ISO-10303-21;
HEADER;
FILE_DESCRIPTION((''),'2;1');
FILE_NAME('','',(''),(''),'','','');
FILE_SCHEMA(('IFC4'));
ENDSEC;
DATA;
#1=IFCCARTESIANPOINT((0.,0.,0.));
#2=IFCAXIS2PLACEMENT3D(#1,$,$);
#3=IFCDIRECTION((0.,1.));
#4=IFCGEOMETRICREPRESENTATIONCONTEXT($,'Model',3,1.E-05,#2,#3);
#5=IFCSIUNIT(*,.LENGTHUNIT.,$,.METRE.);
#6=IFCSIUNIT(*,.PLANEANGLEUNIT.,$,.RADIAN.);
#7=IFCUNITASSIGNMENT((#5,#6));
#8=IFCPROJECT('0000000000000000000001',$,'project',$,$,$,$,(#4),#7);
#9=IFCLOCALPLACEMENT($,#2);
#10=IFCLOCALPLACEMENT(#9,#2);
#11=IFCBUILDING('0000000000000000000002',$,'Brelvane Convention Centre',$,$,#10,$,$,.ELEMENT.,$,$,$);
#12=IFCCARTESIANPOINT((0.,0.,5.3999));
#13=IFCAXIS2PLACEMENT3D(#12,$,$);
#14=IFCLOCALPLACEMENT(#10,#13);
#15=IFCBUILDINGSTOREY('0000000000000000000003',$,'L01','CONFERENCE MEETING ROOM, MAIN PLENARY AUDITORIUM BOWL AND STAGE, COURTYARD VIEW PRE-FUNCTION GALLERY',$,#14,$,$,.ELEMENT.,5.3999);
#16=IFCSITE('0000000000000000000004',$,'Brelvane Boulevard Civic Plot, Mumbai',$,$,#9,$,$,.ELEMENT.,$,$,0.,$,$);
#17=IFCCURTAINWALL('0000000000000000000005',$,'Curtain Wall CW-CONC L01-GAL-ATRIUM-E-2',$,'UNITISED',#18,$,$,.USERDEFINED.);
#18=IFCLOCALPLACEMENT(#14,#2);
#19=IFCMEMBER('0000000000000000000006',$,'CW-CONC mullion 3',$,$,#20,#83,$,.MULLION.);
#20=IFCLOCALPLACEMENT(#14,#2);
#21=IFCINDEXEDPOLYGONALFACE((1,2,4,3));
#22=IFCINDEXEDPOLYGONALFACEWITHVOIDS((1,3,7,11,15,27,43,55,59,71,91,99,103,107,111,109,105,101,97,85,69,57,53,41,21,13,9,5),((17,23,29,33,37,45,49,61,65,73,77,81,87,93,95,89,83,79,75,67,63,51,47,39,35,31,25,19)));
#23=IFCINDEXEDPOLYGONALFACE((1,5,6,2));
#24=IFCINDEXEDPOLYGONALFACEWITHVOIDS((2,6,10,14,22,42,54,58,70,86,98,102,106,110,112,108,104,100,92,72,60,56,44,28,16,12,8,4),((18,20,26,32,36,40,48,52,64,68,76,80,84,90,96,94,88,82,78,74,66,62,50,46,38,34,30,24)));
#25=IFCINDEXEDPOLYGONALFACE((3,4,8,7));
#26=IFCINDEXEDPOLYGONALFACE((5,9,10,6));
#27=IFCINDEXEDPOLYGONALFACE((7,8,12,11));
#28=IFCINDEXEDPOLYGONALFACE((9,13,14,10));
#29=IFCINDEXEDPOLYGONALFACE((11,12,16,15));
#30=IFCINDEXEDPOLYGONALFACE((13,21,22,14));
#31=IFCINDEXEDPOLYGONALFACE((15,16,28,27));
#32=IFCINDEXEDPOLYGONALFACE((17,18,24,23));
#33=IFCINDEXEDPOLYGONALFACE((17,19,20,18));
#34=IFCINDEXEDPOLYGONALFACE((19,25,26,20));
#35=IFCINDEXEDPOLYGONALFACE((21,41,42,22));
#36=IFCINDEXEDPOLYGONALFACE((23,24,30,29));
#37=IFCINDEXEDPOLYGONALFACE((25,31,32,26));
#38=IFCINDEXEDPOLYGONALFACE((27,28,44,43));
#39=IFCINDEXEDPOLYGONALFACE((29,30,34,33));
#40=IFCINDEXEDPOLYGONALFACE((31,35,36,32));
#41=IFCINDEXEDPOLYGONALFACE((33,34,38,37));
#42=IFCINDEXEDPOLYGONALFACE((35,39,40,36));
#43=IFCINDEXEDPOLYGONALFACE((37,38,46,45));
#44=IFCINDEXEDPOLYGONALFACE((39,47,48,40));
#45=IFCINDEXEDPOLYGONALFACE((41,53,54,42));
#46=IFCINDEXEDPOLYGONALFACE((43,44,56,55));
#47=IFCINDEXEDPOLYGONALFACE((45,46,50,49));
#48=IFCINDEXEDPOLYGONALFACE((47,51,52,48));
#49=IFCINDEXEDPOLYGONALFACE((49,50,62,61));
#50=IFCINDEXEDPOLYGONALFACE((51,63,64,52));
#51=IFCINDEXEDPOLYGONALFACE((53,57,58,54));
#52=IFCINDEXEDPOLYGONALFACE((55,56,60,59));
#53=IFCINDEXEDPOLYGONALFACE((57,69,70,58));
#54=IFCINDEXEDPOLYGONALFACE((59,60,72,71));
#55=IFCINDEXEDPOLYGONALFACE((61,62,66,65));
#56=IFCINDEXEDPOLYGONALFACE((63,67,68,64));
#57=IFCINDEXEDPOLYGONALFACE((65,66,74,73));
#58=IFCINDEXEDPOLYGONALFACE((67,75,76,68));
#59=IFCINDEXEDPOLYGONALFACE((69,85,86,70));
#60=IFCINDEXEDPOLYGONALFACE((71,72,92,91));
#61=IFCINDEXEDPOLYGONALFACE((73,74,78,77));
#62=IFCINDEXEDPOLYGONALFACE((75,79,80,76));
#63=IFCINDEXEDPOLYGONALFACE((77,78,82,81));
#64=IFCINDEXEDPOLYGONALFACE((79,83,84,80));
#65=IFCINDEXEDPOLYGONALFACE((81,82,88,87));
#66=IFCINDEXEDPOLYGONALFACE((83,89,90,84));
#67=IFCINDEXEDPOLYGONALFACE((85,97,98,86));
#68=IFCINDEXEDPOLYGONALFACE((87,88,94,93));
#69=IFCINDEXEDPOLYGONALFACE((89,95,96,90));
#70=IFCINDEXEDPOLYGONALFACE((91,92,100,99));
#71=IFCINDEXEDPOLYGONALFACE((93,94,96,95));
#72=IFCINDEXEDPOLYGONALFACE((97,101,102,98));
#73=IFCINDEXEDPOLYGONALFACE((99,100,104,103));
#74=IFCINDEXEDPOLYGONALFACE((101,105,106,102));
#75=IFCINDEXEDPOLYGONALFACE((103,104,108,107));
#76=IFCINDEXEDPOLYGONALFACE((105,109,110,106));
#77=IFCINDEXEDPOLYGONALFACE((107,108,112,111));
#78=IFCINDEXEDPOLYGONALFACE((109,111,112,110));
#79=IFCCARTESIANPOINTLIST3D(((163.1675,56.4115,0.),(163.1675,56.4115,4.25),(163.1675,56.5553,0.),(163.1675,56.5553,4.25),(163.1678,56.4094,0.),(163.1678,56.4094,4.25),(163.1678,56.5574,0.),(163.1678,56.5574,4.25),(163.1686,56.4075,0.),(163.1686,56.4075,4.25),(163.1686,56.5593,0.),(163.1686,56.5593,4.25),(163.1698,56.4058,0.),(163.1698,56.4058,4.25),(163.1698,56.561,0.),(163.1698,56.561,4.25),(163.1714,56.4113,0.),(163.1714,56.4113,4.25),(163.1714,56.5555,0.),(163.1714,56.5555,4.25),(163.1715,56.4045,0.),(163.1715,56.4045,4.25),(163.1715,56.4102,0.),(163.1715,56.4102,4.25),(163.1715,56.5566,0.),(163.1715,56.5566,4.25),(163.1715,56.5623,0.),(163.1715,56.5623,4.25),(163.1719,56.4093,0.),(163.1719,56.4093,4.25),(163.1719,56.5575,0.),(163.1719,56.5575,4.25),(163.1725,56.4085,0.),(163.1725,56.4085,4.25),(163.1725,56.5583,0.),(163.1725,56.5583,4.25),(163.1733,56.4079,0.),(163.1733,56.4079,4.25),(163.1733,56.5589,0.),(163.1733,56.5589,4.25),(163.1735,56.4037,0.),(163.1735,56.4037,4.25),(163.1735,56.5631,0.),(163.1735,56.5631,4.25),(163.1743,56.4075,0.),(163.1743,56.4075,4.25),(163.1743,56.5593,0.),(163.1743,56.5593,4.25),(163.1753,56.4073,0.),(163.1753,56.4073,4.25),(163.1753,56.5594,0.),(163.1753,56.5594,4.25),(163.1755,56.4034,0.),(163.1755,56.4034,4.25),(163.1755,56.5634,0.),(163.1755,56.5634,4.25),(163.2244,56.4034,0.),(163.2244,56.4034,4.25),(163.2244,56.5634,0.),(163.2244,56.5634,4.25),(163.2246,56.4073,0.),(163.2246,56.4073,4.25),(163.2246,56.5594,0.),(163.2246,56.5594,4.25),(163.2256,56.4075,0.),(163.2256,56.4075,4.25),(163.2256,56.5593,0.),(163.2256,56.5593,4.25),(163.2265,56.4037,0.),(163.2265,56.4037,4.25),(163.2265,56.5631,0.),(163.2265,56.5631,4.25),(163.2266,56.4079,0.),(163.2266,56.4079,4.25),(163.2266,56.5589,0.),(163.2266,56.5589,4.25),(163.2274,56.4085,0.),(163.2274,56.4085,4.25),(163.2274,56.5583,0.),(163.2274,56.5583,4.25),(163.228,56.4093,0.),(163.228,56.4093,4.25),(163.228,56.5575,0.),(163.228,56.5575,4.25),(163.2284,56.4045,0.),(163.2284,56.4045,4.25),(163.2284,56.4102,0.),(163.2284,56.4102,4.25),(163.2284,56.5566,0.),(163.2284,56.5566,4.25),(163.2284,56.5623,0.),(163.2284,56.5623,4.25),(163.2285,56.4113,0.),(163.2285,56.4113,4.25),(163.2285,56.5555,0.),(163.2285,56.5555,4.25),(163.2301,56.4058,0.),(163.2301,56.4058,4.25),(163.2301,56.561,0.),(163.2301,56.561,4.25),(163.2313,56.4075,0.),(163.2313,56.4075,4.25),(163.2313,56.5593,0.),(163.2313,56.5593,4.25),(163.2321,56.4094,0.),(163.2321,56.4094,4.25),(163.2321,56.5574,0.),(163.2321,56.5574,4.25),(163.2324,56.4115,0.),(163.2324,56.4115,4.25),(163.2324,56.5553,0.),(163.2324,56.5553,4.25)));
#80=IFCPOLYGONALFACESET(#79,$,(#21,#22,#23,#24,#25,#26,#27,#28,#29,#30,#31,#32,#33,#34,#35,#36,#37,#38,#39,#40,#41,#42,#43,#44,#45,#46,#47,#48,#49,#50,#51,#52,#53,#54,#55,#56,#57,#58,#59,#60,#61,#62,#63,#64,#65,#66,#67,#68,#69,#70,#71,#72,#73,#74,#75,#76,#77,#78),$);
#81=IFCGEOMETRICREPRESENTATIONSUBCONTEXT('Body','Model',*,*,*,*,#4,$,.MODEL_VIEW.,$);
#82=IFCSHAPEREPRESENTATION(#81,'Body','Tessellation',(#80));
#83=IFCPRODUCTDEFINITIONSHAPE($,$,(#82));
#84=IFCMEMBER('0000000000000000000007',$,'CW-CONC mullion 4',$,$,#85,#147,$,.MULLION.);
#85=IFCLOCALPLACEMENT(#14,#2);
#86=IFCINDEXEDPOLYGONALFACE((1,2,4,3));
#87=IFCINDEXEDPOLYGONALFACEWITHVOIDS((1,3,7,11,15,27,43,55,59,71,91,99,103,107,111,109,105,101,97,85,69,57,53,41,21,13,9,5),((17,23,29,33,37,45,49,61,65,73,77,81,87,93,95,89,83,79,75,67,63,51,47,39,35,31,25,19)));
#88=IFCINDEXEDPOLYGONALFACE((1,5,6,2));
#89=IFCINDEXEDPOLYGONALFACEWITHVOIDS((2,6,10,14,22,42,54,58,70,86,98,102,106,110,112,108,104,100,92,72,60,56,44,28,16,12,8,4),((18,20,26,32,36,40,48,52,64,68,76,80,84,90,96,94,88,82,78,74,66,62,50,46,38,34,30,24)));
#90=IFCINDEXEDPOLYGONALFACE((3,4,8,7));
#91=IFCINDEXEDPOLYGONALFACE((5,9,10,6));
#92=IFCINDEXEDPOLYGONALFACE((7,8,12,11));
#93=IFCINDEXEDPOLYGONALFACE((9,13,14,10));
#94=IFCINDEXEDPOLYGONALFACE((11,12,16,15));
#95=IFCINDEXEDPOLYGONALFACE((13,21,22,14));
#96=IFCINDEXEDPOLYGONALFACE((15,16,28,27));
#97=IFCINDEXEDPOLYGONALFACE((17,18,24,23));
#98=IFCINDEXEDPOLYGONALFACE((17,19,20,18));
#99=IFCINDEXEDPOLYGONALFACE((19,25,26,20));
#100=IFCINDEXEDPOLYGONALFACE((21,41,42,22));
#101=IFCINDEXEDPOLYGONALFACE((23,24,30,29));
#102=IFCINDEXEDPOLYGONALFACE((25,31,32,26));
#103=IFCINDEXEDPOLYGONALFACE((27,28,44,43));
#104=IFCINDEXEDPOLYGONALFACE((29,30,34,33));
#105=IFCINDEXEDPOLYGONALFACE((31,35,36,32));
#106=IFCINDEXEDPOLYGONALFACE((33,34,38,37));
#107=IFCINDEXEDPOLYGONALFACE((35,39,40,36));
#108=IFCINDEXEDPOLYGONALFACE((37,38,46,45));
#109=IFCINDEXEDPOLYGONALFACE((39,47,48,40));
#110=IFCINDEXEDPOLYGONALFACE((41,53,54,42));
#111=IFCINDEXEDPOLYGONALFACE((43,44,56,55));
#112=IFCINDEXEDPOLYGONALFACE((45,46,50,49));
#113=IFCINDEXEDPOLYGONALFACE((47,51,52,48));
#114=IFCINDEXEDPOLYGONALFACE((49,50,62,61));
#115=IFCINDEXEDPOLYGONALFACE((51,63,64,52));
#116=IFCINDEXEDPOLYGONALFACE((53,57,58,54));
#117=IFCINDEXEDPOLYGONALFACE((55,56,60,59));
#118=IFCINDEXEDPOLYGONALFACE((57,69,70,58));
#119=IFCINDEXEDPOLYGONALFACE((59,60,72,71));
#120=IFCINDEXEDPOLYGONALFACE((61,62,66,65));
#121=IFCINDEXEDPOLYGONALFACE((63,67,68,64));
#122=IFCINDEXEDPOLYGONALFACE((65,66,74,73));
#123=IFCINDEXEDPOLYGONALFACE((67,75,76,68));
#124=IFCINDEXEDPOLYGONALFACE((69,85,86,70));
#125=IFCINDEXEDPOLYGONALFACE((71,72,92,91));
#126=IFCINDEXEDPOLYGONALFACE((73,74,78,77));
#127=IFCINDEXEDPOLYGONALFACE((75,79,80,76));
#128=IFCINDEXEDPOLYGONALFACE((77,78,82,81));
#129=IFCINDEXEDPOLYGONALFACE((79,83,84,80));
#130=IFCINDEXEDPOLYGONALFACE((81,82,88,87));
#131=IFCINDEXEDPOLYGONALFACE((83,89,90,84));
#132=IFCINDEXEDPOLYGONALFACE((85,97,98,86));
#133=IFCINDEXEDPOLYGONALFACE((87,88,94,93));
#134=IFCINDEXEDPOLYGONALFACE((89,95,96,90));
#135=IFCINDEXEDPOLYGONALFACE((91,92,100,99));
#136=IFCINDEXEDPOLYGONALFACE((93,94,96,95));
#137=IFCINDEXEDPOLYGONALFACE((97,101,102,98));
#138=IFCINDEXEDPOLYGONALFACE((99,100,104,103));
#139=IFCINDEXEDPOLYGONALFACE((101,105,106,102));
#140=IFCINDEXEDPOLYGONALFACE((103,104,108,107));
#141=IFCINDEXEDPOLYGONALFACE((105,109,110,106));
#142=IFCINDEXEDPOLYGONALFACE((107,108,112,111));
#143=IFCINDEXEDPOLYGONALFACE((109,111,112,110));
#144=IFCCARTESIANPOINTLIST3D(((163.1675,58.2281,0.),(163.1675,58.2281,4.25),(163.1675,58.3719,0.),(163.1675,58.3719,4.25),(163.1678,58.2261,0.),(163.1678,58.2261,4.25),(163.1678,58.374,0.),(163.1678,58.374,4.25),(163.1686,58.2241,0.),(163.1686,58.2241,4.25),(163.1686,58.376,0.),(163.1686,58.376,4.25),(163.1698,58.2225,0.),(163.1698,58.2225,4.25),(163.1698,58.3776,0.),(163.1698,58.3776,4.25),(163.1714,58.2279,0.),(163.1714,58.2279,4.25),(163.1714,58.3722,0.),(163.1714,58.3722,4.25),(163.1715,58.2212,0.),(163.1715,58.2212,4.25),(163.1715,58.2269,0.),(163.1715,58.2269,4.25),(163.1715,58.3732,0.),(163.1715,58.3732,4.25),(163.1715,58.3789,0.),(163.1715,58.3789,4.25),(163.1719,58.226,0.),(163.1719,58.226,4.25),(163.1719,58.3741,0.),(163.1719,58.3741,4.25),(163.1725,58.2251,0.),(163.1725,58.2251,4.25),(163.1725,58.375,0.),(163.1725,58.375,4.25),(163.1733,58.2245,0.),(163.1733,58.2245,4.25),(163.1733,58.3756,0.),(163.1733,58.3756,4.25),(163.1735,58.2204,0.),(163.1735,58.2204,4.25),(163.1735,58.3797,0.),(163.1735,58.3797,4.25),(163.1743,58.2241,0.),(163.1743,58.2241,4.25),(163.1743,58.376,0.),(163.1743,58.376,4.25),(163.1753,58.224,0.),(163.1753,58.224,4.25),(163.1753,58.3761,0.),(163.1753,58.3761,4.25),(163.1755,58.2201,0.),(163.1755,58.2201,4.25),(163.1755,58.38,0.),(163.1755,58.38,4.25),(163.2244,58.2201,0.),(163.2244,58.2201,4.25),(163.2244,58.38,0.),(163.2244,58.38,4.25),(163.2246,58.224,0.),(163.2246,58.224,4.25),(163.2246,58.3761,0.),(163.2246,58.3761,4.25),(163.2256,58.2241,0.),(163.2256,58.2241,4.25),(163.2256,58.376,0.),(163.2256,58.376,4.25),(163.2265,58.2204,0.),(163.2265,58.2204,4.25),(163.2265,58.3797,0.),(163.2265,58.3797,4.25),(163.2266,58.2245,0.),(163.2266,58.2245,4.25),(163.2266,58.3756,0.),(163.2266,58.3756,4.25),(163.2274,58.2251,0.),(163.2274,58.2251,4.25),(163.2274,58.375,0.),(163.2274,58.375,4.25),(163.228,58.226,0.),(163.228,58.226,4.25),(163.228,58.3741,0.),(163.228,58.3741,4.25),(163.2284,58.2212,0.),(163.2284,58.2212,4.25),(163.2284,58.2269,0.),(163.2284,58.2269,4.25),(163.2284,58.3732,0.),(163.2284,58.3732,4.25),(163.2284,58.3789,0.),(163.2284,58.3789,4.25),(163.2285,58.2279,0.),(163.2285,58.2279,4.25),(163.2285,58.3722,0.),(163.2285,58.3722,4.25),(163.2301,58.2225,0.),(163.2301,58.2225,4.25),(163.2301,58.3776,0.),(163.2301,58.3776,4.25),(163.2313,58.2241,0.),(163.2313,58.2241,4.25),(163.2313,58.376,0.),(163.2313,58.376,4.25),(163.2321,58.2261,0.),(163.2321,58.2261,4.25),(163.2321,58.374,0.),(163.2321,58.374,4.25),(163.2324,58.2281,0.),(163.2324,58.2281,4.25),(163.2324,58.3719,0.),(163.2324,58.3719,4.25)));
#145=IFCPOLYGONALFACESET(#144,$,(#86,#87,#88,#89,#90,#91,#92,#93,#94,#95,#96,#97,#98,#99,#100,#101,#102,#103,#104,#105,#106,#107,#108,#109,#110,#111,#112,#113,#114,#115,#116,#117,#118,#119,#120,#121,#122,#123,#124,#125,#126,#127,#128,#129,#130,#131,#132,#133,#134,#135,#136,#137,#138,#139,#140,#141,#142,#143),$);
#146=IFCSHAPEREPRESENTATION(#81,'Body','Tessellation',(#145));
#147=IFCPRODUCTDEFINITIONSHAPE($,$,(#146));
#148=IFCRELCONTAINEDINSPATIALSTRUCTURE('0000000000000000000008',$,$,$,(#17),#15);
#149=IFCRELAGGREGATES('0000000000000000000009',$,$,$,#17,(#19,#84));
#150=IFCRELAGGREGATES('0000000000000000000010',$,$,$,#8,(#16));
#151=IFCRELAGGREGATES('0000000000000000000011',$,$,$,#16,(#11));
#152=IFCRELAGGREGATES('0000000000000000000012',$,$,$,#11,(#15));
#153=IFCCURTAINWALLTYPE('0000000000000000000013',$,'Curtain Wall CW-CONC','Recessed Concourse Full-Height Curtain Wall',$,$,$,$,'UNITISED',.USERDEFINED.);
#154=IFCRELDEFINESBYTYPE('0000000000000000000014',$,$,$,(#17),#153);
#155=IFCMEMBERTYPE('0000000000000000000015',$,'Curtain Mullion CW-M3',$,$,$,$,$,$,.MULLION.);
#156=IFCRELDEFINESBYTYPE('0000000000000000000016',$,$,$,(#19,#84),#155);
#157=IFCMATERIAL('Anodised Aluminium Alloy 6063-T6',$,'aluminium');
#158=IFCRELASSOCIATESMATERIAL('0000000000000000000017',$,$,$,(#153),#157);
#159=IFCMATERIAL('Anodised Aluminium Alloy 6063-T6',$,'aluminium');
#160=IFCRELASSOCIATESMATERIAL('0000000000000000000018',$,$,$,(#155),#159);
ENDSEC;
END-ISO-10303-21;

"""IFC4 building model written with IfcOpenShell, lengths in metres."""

from ifc_helpers import new_model, si_unit, direction, frame, origin, origin_2d, place, context, subcontext, project, spatial, hollow_rectangle, extrude, material, material_profile, profile_set, type_object, element, aggregate, save


model = new_model("IFC4")

# Units and contexts
model_context = context("Model", 3, precision=1e-05, world=origin(), true_north=direction((0.0, 1.0)))
body_context = subcontext(model_context, "Body", "Model", "MODEL_VIEW")
ifc_project = project(units=[si_unit("LENGTHUNIT", "METRE"), si_unit("PLANEANGLEUNIT", "RADIAN")], contexts=[model_context])

# Site, building, storey
site_placement = place(None, origin())
site = spatial("IfcSite", under=ifc_project, at=site_placement, Name="Brelvane Boulevard Civic Plot, Mumbai", CompositionType="ELEMENT", RefElevation=0.0)
building_placement = place(site_placement, origin())
building = spatial("IfcBuilding", under=site, at=building_placement, Name="Brelvane Convention Centre", CompositionType="ELEMENT")
storey_placement = place(building_placement, frame((0.0, 0.0, 5.3999)))
storey = spatial("IfcBuildingStorey", under=building, at=storey_placement, Name="L01", Description="CONFERENCE MEETING ROOM, MAIN PLENARY AUDITORIUM BOWL AND STAGE, COURTYARD VIEW PRE-FUNCTION GALLERY", CompositionType="ELEMENT", Elevation=5.3999)

# Curtain wall, members
ifc_material_1 = material(Name="Anodised Aluminium Alloy 6063-T6", Category="aluminium")
curtain_wall_type = type_object("IfcCurtainWallType", Name="Curtain Wall CW-CONC", Description="Recessed Concourse Full-Height Curtain Wall", ElementType="UNITISED", PredefinedType="USERDEFINED", material=ifc_material_1)
curtain_wall_placement = place(storey_placement, origin())
curtain_wall = element("IfcCurtainWall", 1, at=curtain_wall_placement, inside=storey, type_object=curtain_wall_type, Name="Curtain Wall CW-CONC L01-GAL-ATRIUM-E-2", ObjectType="UNITISED", PredefinedType="USERDEFINED")
ifc_material_2 = material(Name="Anodised Aluminium Alloy 6063-T6", Category="aluminium")
ifc_material_profile_1 = material_profile(ifc_material_2, hollow_rectangle(XDim=0.0649, YDim=0.1599, WallThickness=0.0039, InnerFilletRadius=0.0039, OuterFilletRadius=0.0081, at=origin_2d()), Name="ALU-M 160x65x4.0")
ifc_profile_set_1 = profile_set([ifc_material_profile_1], Name="Anodised Aluminium Alloy 6063-T6")
member_type_1 = type_object("IfcMemberType", Name="Curtain Mullion CW-M3", PredefinedType="MULLION", material=ifc_profile_set_1)
member_1_placement = place(storey_placement, frame((163.2, 56.4834, 0.0), z_axis=(0.0, 0.0, 1.0), x_axis=(-1.0, 0.0, 0.0)))
member_1 = element("IfcMember", 2, at=member_1_placement, type_object=member_type_1, Name="CW-CONC mullion 3", PredefinedType="MULLION", context=body_context, shape_type="SweptSolid", body=[
    extrude(hollow_rectangle(XDim=0.0649, YDim=0.1599, WallThickness=0.0039, InnerFilletRadius=0.0039, OuterFilletRadius=0.0081, at=origin_2d()), origin(), (0.0, 0.0, 1.0), 4.25),
])
member_2_placement = place(storey_placement, frame((163.2, 58.3, 0.0), z_axis=(0.0, 0.0, 1.0), x_axis=(-1.0, 0.0, 0.0)))
member_2 = element("IfcMember", 3, at=member_2_placement, type_object=member_type_1, Name="CW-CONC mullion 4", PredefinedType="MULLION", context=body_context, shape_type="SweptSolid", body=[
    extrude(hollow_rectangle(XDim=0.0649, YDim=0.1599, WallThickness=0.0039, InnerFilletRadius=0.0039, OuterFilletRadius=0.0081, at=origin_2d()), origin(), (0.0, 0.0, 1.0), 4.25),
])

aggregate(curtain_wall, [member_1, member_2])

save(model, "model.ifc")
